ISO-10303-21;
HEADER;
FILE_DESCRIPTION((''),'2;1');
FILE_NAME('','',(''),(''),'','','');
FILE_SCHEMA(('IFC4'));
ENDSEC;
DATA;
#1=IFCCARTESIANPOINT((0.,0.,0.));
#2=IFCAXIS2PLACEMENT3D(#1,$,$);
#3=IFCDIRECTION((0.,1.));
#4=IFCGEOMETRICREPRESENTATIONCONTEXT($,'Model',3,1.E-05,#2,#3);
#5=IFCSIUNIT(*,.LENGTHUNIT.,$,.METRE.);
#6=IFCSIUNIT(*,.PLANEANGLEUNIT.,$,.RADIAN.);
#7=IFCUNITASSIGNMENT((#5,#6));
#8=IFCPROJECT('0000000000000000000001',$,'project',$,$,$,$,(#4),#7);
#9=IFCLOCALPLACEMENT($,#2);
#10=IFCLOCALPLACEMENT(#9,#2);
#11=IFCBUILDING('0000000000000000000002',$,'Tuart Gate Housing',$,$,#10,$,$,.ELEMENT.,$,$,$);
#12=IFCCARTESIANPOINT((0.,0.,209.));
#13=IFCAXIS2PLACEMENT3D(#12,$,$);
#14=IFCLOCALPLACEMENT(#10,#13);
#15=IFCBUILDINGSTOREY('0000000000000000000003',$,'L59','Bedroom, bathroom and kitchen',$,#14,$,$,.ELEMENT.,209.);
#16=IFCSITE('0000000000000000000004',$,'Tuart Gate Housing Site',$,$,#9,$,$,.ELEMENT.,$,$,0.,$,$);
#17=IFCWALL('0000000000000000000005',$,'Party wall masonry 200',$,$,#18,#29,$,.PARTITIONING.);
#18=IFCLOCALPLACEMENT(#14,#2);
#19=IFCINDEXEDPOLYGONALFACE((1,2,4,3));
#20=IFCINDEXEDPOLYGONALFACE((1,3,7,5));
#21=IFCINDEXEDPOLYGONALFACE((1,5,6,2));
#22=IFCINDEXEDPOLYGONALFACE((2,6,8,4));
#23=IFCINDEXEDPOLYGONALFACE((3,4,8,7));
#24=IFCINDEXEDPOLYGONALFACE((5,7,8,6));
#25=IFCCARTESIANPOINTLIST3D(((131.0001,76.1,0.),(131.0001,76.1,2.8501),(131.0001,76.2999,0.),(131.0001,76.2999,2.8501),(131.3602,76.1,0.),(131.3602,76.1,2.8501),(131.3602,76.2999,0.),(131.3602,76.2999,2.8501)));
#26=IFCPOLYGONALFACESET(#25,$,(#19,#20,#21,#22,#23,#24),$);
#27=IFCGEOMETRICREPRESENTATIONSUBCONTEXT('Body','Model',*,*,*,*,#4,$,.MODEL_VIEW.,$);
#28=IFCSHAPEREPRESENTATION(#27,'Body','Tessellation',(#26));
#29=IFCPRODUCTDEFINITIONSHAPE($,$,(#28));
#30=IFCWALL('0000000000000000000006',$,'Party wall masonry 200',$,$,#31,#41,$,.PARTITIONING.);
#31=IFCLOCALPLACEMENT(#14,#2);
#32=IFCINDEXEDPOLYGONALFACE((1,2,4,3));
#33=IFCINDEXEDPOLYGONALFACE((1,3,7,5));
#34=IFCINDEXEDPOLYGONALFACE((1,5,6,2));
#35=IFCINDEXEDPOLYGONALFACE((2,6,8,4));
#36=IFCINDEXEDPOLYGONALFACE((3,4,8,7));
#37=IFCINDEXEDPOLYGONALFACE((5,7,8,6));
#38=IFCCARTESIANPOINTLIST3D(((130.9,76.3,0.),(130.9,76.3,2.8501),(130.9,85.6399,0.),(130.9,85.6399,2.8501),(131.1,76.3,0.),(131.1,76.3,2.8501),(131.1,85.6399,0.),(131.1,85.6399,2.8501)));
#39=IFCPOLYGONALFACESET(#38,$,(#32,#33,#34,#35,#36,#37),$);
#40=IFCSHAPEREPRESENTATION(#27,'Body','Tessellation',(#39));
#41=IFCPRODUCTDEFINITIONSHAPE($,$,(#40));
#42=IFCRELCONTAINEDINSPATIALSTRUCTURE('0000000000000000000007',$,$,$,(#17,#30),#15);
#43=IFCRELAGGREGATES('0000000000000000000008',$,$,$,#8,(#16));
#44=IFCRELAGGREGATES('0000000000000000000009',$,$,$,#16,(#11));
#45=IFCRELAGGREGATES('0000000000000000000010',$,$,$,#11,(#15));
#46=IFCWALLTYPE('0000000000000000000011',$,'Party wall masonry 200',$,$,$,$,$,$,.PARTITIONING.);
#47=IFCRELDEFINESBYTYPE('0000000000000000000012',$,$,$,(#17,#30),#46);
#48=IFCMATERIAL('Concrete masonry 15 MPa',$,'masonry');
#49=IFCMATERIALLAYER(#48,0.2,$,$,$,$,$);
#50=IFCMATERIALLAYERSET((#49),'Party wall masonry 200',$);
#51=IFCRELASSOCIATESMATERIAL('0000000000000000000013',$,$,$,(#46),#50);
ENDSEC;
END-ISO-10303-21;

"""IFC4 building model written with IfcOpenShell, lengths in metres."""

from ifc_helpers import new_model, si_unit, direction, frame, frame_2d, origin, place, context, subcontext, project, spatial, rectangle, extrude, material, layer, layer_set, type_object, element, save


model = new_model("IFC4")

# Units and contexts
model_context = context("Model", 3, precision=1e-05, world=origin(), true_north=direction((0.0, 1.0)))
body_context = subcontext(model_context, "Body", "Model", "MODEL_VIEW")
ifc_project = project(units=[si_unit("LENGTHUNIT", "METRE"), si_unit("PLANEANGLEUNIT", "RADIAN")], contexts=[model_context])

# Site, building, storey
site_placement = place(None, origin())
site = spatial("IfcSite", under=ifc_project, at=site_placement, Name="Tuart Gate Housing Site", CompositionType="ELEMENT", RefElevation=0.0)
building_placement = place(site_placement, origin())
building = spatial("IfcBuilding", under=site, at=building_placement, Name="Tuart Gate Housing", CompositionType="ELEMENT")
storey_placement = place(building_placement, frame((0.0, 0.0, 209.0)))
storey = spatial("IfcBuildingStorey", under=building, at=storey_placement, Name="L59", Description="Bedroom, bathroom and kitchen", CompositionType="ELEMENT", Elevation=209.0)

# Walls
ifc_material = material(Name="Concrete masonry 15 MPa", Category="masonry")
ifc_layer = layer(ifc_material, 0.2)
ifc_layer_set = layer_set([ifc_layer], Name="Party wall masonry 200")
wall_type = type_object("IfcWallType", Name="Party wall masonry 200", PredefinedType="PARTITIONING", material=ifc_layer_set)
wall_1_placement = place(storey_placement, frame((131.0, 76.2, 0.0), z_axis=(0.0, 0.0, 1.0), x_axis=(1.0, 0.0, 0.0)))
element("IfcWall", 1, at=wall_1_placement, inside=storey, type_object=wall_type, Name="Party wall masonry 200", PredefinedType="PARTITIONING", context=body_context, shape_type="SweptSolid", body=[
    extrude(rectangle(XDim=0.3601, YDim=0.2, at=frame_2d((0.1802, 0.0))), origin(), (0.0, 0.0, 1.0), 2.8501),
])
wall_2_placement = place(storey_placement, frame((131.0, 76.3, 0.0), z_axis=(0.0, 0.0, 1.0), x_axis=(0.0, 1.0, 0.0)))
element("IfcWall", 2, at=wall_2_placement, inside=storey, type_object=wall_type, Name="Party wall masonry 200", PredefinedType="PARTITIONING", context=body_context, shape_type="SweptSolid", body=[
    extrude(rectangle(XDim=9.3398, YDim=0.2, at=frame_2d((4.6699, 0.0))), origin(), (0.0, 0.0, 1.0), 2.8501),
])

save(model, "model.ifc")
